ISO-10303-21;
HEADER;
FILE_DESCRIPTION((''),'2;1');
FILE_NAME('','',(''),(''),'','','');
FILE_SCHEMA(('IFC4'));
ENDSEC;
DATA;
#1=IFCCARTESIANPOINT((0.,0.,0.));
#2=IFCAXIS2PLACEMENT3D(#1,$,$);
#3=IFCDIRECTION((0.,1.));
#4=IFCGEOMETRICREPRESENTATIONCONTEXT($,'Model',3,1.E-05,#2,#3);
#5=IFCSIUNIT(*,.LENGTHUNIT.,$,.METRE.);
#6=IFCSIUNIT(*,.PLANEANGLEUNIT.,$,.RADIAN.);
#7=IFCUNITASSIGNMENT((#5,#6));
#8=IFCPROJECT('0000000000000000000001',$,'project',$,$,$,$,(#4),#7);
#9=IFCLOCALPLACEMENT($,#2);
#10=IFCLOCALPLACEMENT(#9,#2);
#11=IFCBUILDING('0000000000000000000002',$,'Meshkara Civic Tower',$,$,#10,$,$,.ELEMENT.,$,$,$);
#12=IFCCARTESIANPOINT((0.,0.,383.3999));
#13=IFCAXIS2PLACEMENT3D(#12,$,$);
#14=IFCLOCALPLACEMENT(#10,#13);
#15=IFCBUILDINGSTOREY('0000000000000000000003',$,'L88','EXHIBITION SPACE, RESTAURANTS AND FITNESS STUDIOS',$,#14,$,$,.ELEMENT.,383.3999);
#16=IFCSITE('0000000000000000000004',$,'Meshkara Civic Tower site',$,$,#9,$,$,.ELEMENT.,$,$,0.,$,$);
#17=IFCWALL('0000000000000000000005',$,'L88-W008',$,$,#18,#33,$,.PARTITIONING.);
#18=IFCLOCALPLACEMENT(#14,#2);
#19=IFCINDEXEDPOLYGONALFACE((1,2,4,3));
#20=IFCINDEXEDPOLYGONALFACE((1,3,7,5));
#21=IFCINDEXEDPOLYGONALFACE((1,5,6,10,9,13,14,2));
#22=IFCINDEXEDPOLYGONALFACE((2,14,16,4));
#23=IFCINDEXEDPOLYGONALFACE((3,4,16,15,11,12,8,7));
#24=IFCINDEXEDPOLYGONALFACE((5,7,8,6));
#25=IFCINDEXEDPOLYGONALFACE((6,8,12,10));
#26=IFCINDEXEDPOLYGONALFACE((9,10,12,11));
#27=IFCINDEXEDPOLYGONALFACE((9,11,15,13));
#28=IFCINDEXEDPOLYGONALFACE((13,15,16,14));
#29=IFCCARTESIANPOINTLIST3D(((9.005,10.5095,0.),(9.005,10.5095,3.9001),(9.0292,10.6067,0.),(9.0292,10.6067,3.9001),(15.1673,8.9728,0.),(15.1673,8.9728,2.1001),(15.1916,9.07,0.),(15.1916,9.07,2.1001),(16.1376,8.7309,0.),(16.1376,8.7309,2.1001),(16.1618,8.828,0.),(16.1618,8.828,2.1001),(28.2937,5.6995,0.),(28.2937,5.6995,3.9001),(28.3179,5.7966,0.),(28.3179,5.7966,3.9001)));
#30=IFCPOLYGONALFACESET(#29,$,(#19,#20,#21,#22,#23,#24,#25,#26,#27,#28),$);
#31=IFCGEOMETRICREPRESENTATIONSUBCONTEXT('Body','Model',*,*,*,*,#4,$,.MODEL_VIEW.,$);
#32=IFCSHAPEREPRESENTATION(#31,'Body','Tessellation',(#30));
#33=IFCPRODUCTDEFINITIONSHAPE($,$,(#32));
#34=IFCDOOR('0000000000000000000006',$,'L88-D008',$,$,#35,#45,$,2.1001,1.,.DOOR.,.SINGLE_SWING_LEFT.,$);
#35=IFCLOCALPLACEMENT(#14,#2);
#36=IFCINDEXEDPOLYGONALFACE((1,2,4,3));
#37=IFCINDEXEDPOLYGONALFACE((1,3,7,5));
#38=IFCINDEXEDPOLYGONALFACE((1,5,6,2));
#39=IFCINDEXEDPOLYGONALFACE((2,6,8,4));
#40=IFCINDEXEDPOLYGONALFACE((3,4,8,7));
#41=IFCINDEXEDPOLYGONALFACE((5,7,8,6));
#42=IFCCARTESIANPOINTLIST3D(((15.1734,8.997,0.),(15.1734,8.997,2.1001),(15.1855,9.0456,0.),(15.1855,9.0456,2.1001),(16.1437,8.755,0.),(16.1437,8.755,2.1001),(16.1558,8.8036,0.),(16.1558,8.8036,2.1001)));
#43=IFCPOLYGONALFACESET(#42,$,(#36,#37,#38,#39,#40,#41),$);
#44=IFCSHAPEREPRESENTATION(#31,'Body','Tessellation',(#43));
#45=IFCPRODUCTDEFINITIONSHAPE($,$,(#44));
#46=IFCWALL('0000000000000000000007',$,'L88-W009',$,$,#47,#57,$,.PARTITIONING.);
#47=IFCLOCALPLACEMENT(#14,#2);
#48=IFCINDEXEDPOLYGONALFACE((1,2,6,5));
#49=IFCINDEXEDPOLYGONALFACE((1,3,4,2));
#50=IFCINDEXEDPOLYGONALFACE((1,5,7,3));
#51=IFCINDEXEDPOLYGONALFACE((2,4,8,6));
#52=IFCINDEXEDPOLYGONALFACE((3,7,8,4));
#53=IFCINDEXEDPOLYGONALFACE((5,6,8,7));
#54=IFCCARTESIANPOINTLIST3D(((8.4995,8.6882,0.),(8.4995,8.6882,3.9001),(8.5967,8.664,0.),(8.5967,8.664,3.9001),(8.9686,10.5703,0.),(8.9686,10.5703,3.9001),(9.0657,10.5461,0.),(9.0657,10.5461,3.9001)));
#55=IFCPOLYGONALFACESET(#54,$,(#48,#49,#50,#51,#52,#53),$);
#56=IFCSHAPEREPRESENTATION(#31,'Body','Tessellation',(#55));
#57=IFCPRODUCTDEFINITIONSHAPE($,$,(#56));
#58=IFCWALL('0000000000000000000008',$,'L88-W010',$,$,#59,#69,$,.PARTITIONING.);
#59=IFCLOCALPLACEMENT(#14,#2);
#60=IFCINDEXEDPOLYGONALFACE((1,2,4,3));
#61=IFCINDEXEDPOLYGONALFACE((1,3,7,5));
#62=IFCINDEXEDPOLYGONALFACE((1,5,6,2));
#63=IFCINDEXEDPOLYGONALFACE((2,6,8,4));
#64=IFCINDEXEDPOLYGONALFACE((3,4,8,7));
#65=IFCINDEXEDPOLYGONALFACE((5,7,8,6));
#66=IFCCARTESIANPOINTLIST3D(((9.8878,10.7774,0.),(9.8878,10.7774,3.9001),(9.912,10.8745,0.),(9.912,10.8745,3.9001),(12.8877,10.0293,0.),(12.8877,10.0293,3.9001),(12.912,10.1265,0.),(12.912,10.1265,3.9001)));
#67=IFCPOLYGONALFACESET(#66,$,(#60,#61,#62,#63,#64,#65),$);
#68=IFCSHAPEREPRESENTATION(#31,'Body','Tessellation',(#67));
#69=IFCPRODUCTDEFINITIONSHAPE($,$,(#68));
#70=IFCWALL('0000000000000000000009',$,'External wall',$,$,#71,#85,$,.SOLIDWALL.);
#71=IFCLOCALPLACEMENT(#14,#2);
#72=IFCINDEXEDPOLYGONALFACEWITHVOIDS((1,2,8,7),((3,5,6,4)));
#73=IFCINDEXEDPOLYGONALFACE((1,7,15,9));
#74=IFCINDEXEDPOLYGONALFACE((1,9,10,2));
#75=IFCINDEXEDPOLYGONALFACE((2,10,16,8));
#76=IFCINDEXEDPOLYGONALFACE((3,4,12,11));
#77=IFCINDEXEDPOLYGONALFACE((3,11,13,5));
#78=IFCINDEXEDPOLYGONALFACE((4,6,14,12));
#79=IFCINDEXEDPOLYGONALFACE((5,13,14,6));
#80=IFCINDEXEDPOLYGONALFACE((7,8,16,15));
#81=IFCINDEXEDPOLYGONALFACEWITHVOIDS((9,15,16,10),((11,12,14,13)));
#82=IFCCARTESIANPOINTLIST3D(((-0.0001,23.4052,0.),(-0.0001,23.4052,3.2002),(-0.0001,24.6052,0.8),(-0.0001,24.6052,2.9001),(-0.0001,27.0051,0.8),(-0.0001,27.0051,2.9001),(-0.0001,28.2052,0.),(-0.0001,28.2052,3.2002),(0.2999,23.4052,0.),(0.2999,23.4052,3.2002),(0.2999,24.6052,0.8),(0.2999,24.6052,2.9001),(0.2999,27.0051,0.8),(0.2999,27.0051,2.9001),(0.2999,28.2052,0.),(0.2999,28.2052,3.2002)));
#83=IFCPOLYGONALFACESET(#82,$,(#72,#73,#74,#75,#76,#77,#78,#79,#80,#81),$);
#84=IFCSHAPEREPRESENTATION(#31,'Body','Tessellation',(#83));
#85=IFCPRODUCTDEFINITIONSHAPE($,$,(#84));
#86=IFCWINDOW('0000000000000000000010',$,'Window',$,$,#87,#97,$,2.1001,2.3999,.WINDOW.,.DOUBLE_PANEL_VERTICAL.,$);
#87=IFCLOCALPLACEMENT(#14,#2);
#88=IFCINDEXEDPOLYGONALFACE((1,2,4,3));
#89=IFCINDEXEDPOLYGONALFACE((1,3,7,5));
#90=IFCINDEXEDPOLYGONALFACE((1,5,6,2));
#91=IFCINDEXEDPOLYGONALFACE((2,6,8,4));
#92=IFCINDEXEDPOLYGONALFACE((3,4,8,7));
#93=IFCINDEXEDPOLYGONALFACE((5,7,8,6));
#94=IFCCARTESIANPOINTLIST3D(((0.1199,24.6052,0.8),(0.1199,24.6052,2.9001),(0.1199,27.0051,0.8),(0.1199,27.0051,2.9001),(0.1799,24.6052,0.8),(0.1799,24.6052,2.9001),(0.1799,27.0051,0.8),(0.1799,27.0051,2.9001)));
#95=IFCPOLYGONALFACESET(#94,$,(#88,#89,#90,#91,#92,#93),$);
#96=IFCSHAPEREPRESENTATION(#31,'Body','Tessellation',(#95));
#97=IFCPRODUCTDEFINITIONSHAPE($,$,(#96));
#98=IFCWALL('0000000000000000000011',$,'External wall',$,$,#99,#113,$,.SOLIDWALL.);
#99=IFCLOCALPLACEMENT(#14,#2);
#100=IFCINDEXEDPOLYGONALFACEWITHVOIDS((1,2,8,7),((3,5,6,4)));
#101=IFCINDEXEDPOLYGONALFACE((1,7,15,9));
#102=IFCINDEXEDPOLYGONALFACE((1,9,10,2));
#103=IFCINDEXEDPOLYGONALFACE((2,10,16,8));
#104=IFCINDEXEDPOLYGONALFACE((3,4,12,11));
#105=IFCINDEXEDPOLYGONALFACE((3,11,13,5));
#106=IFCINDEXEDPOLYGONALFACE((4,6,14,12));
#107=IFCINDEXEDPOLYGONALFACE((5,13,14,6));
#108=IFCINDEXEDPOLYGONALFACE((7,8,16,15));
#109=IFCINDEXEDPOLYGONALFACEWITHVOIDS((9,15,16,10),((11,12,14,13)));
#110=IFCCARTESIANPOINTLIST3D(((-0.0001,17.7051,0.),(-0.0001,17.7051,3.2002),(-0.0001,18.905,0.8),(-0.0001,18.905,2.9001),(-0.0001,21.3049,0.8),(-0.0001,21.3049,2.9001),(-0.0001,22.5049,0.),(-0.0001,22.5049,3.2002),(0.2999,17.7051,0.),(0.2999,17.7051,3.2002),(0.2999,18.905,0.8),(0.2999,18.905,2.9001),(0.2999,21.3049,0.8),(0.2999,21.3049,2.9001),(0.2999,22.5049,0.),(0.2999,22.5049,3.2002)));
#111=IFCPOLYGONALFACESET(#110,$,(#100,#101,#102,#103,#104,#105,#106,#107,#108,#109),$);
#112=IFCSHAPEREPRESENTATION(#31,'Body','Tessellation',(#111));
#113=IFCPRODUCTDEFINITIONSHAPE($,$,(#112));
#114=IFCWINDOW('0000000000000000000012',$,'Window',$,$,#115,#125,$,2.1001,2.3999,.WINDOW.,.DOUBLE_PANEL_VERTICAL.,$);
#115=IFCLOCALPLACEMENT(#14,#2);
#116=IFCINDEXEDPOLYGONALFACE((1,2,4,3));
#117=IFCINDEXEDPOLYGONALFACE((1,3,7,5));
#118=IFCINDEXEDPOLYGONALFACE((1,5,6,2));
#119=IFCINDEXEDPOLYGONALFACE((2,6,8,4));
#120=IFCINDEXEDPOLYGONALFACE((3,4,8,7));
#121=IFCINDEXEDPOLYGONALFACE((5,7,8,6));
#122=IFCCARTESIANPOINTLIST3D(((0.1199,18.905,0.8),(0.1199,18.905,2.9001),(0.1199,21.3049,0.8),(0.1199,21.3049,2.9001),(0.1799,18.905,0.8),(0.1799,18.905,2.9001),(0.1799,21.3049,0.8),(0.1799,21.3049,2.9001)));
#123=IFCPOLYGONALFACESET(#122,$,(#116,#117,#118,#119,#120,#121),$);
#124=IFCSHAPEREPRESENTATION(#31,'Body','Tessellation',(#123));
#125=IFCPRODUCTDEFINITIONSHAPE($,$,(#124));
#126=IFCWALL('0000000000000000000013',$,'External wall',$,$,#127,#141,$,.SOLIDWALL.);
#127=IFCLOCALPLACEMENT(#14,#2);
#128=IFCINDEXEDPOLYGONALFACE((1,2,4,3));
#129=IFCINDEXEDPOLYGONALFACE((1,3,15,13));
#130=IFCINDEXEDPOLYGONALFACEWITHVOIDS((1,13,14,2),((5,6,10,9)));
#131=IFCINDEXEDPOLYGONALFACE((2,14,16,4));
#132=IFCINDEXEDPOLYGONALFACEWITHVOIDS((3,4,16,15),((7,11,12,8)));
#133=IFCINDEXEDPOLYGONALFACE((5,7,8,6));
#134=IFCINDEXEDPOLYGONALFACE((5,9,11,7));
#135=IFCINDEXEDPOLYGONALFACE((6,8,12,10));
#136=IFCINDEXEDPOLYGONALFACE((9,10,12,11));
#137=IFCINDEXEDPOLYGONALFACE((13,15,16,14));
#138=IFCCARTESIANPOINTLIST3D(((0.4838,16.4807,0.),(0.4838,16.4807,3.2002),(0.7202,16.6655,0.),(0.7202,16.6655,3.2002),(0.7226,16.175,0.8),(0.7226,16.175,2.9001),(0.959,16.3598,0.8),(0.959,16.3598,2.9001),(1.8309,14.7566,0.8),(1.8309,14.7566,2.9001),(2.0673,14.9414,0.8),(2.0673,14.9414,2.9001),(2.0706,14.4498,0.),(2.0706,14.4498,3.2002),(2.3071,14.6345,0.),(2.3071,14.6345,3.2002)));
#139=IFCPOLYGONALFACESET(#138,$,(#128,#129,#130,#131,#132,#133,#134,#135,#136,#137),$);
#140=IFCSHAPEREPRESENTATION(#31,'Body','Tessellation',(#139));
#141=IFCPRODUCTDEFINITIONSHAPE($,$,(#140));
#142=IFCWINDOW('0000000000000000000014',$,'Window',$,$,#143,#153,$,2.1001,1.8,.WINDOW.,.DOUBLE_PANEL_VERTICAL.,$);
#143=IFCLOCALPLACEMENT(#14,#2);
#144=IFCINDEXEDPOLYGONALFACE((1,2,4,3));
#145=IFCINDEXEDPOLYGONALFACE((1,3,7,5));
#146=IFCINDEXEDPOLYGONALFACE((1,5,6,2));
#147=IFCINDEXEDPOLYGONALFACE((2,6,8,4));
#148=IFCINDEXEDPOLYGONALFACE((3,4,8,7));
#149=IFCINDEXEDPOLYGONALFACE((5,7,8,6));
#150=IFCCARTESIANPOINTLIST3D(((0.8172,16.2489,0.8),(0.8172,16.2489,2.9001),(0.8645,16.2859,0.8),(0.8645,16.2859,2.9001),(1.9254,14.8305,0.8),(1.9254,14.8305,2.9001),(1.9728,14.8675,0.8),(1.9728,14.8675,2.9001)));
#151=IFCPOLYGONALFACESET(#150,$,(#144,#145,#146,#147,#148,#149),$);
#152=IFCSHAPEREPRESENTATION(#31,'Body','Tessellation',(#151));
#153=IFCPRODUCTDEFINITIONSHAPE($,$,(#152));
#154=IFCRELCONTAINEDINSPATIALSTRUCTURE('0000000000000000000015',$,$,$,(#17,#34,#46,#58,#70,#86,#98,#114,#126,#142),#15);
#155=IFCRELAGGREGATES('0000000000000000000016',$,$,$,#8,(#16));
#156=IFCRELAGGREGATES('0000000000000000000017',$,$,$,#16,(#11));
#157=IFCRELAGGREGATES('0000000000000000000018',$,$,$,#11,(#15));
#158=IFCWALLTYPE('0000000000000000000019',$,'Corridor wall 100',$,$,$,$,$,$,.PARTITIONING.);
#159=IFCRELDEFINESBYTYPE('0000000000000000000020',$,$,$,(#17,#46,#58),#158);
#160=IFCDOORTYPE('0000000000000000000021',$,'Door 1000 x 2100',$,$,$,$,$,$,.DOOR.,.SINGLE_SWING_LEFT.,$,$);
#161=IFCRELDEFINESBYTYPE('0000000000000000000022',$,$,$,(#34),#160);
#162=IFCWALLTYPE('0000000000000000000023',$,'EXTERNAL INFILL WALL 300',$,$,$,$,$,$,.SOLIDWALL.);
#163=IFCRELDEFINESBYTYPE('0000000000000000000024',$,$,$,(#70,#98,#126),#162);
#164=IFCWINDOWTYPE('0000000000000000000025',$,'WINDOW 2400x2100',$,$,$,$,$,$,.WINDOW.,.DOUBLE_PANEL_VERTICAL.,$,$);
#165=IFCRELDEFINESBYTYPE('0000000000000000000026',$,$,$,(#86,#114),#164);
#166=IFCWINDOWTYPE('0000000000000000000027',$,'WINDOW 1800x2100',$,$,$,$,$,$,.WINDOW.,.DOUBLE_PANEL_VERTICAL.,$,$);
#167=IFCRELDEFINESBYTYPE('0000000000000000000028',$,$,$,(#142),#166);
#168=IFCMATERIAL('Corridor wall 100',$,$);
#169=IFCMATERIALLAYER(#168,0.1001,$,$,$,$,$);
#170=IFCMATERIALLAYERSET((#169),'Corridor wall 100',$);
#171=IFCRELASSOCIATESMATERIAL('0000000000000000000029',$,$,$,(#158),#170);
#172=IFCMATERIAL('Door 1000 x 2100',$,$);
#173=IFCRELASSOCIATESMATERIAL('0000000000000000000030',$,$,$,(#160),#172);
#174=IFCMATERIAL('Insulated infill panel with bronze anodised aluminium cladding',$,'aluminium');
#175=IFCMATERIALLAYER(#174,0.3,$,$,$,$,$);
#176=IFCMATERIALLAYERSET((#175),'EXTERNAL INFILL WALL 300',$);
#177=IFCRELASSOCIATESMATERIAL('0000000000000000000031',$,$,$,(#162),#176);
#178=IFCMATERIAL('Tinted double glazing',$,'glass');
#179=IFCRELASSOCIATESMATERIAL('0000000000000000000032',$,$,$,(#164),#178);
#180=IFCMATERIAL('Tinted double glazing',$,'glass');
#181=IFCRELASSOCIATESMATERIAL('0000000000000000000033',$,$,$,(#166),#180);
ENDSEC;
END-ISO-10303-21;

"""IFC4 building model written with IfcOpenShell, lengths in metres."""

from ifc_helpers import new_model, si_unit, direction, frame, frame_2d, origin, place, context, subcontext, project, spatial, rectangle, extrude, material, layer, layer_set, type_object, element, fill, save


model = new_model("IFC4")

# Units and contexts
model_context = context("Model", 3, precision=1e-05, world=origin(), true_north=direction((0.0, 1.0)))
body_context = subcontext(model_context, "Body", "Model", "MODEL_VIEW")
ifc_project = project(units=[si_unit("LENGTHUNIT", "METRE"), si_unit("PLANEANGLEUNIT", "RADIAN")], contexts=[model_context])

# Site, building, storey
site_placement = place(None, origin())
site = spatial("IfcSite", under=ifc_project, at=site_placement, Name="Meshkara Civic Tower site", CompositionType="ELEMENT", RefElevation=0.0)
building_placement = place(site_placement, origin())
building = spatial("IfcBuilding", under=site, at=building_placement, Name="Meshkara Civic Tower", CompositionType="ELEMENT")
storey_placement = place(building_placement, frame((0.0, 0.0, 383.3999)))
storey = spatial("IfcBuildingStorey", under=building, at=storey_placement, Name="L88", Description="EXHIBITION SPACE, RESTAURANTS AND FITNESS STUDIOS", CompositionType="ELEMENT", Elevation=383.3999)

# Wall, opening, door
ifc_material_1 = material(Name="Corridor wall 100")
ifc_layer_1 = layer(ifc_material_1, 0.1001)
ifc_layer_set_1 = layer_set([ifc_layer_1], Name="Corridor wall 100")
wall_type_1 = type_object("IfcWallType", Name="Corridor wall 100", PredefinedType="PARTITIONING", material=ifc_layer_set_1)
ifc_material_2 = material(Name="Door 1000 x 2100")
door_type_1 = type_object("IfcDoorType", Name="Door 1000 x 2100", OperationType="SINGLE_SWING_LEFT", PredefinedType="DOOR", material=ifc_material_2)
wall_1_placement = place(storey_placement, frame((9.0171, 10.5581, 0.0), z_axis=(0.0, 0.0, 1.0), x_axis=(0.970286, -0.241961, 0.0)))
wall_1 = element("IfcWall", 1, at=wall_1_placement, inside=storey, type_object=wall_type_1, Name="L88-W008", PredefinedType="PARTITIONING", context=body_context, shape_type="SweptSolid", body=[
    extrude(rectangle(XDim=19.8794, YDim=0.1001, at=frame_2d((9.9397, 0.0))), origin(), (0.0, 0.0, 1.0), 3.9001),
])
opening_1_placement = place(wall_1_placement, frame((6.3511, 0.0, 0.0)))
opening_1 = element("IfcOpeningElement", 2, at=opening_1_placement, cuts=wall_1, PredefinedType="OPENING", context=body_context, shape_type="SweptSolid", body=[
    extrude(rectangle(XDim=1.0, YDim=2.1001, at=frame_2d((0.5, 1.05))), frame((0.0, 0.0601, 0.0), z_axis=(0.0, -1.0, 0.0), x_axis=(1.0, 0.0, 0.0)), (0.0, 0.0, 1.0), 0.1201),
])
door_1_placement = place(opening_1_placement, origin())
door_1 = element("IfcDoor", 3, at=door_1_placement, inside=storey, type_object=door_type_1, Name="L88-D008", OperationType="SINGLE_SWING_LEFT", OverallHeight=2.1001, OverallWidth=1.0, PredefinedType="DOOR", context=body_context, shape_type="SweptSolid", body=[
    extrude(rectangle(XDim=1.0, YDim=2.1001, at=frame_2d((0.5, 1.05))), frame((0.0, 0.0249, 0.0), z_axis=(0.0, -1.0, 0.0), x_axis=(1.0, 0.0, 0.0)), (0.0, 0.0, 1.0), 0.05),
])
fill(opening_1, door_1)

# Walls
wall_2_placement = place(storey_placement, frame((9.0171, 10.5581, 0.0), z_axis=(0.0, 0.0, 1.0), x_axis=(-0.241795, -0.970327, 0.0)))
element("IfcWall", 4, at=wall_2_placement, inside=storey, type_object=wall_type_1, Name="L88-W009", PredefinedType="PARTITIONING", context=body_context, shape_type="SweptSolid", body=[
    extrude(rectangle(XDim=1.9397, YDim=0.1001, at=frame_2d((0.9697, 0.0))), origin(), (0.0, 0.0, 1.0), 3.9001),
])
wall_3_placement = place(storey_placement, frame((9.8999, 10.8259, 0.0), z_axis=(0.0, 0.0, 1.0), x_axis=(0.970291, -0.241941, 0.0)))
element("IfcWall", 5, at=wall_3_placement, inside=storey, type_object=wall_type_1, Name="L88-W010", PredefinedType="PARTITIONING", context=body_context, shape_type="SweptSolid", body=[
    extrude(rectangle(XDim=3.0918, YDim=0.1001, at=frame_2d((1.5459, 0.0))), origin(), (0.0, 0.0, 1.0), 3.9001),
])

# Walls, openings, windows
ifc_material_3 = material(Name="Insulated infill panel with bronze anodised aluminium cladding", Category="aluminium")
ifc_layer_2 = layer(ifc_material_3, 0.3)
ifc_layer_set_2 = layer_set([ifc_layer_2], Name="EXTERNAL INFILL WALL 300")
wall_type_2 = type_object("IfcWallType", Name="EXTERNAL INFILL WALL 300", PredefinedType="SOLIDWALL", material=ifc_layer_set_2)
wall_4_placement = place(storey_placement, frame((0.1499, 28.2051, 0.0), z_axis=(0.0, 0.0, 1.0), x_axis=(0.0, -1.0, 0.0)))
wall_4 = element("IfcWall", 6, at=wall_4_placement, inside=storey, type_object=wall_type_2, Name="External wall", PredefinedType="SOLIDWALL", context=body_context, shape_type="SweptSolid", body=[
    extrude(rectangle(XDim=4.8, YDim=0.3, at=frame_2d((2.3999, 0.0))), origin(), (0.0, 0.0, 1.0), 3.2002),
])
opening_2_placement = place(wall_4_placement, frame((1.2, 0.0, 0.8)))
opening_2 = element("IfcOpeningElement", 7, at=opening_2_placement, cuts=wall_4, PredefinedType="OPENING", context=body_context, shape_type="SweptSolid", body=[
    extrude(rectangle(XDim=2.3999, YDim=2.1001, at=frame_2d((1.2, 1.05))), frame((0.0, 0.1599, 0.0), z_axis=(0.0, -1.0, 0.0), x_axis=(1.0, 0.0, 0.0)), (0.0, 0.0, 1.0), 0.3201),
])
ifc_material_4 = material(Name="Tinted double glazing", Category="glass")
window_type_1 = type_object("IfcWindowType", Name="WINDOW 2400x2100", PartitioningType="DOUBLE_PANEL_VERTICAL", PredefinedType="WINDOW", material=ifc_material_4)
window_1_placement = place(opening_2_placement, origin())
window_1 = element("IfcWindow", 8, at=window_1_placement, inside=storey, type_object=window_type_1, Name="Window", OverallHeight=2.1001, OverallWidth=2.3999, PartitioningType="DOUBLE_PANEL_VERTICAL", PredefinedType="WINDOW", context=body_context, shape_type="SweptSolid", body=[
    extrude(rectangle(XDim=2.3999, YDim=2.1001, at=frame_2d((1.2, 1.05))), frame((0.0, 0.03, 0.0), z_axis=(0.0, -1.0, 0.0), x_axis=(1.0, 0.0, 0.0)), (0.0, 0.0, 1.0), 0.0601),
])
fill(opening_2, window_1)
wall_5_placement = place(storey_placement, frame((0.1499, 22.5049, 0.0), z_axis=(0.0, 0.0, 1.0), x_axis=(0.0, -1.0, 0.0)))
wall_5 = element("IfcWall", 9, at=wall_5_placement, inside=storey, type_object=wall_type_2, Name="External wall", PredefinedType="SOLIDWALL", context=body_context, shape_type="SweptSolid", body=[
    extrude(rectangle(XDim=4.7998, YDim=0.3, at=frame_2d((2.3999, 0.0))), origin(), (0.0, 0.0, 1.0), 3.2002),
])
opening_3_placement = place(wall_5_placement, frame((1.2, 0.0, 0.8)))
opening_3 = element("IfcOpeningElement", 10, at=opening_3_placement, cuts=wall_5, PredefinedType="OPENING", context=body_context, shape_type="SweptSolid", body=[
    extrude(rectangle(XDim=2.3999, YDim=2.1001, at=frame_2d((1.2, 1.05))), frame((0.0, 0.1599, 0.0), z_axis=(0.0, -1.0, 0.0), x_axis=(1.0, 0.0, 0.0)), (0.0, 0.0, 1.0), 0.3201),
])
window_2_placement = place(opening_3_placement, origin())
window_2 = element("IfcWindow", 11, at=window_2_placement, inside=storey, type_object=window_type_1, Name="Window", OverallHeight=2.1001, OverallWidth=2.3999, PartitioningType="DOUBLE_PANEL_VERTICAL", PredefinedType="WINDOW", context=body_context, shape_type="SweptSolid", body=[
    extrude(rectangle(XDim=2.3999, YDim=2.1001, at=frame_2d((1.2, 1.05))), frame((0.0, 0.03, 0.0), z_axis=(0.0, -1.0, 0.0), x_axis=(1.0, 0.0, 0.0)), (0.0, 0.0, 1.0), 0.0601),
])
fill(opening_3, window_2)
wall_6_placement = place(storey_placement, frame((0.6021, 16.573, 0.0), z_axis=(0.0, 0.0, 1.0), x_axis=(0.61569, -0.787988, 0.0)))
wall_6 = element("IfcWall", 12, at=wall_6_placement, inside=storey, type_object=wall_type_2, Name="External wall", PredefinedType="SOLIDWALL", context=body_context, shape_type="SweptSolid", body=[
    extrude(rectangle(XDim=2.5774, YDim=0.3, at=frame_2d((1.2886, 0.0))), origin(), (0.0, 0.0, 1.0), 3.2002),
])
opening_4_placement = place(wall_6_placement, frame((0.3879, 0.0, 0.8)))
opening_4 = element("IfcOpeningElement", 13, at=opening_4_placement, cuts=wall_6, PredefinedType="OPENING", context=body_context, shape_type="SweptSolid", body=[
    extrude(rectangle(XDim=1.8, YDim=2.1001, at=frame_2d((0.8999, 1.05))), frame((0.0, 0.1599, 0.0), z_axis=(0.0, -1.0, 0.0), x_axis=(1.0, 0.0, 0.0)), (0.0, 0.0, 1.0), 0.3201),
])
ifc_material_5 = material(Name="Tinted double glazing", Category="glass")
window_type_2 = type_object("IfcWindowType", Name="WINDOW 1800x2100", PartitioningType="DOUBLE_PANEL_VERTICAL", PredefinedType="WINDOW", material=ifc_material_5)
window_3_placement = place(opening_4_placement, origin())
window_3 = element("IfcWindow", 14, at=window_3_placement, inside=storey, type_object=window_type_2, Name="Window", OverallHeight=2.1001, OverallWidth=1.8, PartitioningType="DOUBLE_PANEL_VERTICAL", PredefinedType="WINDOW", context=body_context, shape_type="SweptSolid", body=[
    extrude(rectangle(XDim=1.8, YDim=2.1001, at=frame_2d((0.8999, 1.05))), frame((0.0, 0.03, 0.0), z_axis=(0.0, -1.0, 0.0), x_axis=(1.0, 0.0, 0.0)), (0.0, 0.0, 1.0), 0.0601),
])
fill(opening_4, window_3)

save(model, "model.ifc")
